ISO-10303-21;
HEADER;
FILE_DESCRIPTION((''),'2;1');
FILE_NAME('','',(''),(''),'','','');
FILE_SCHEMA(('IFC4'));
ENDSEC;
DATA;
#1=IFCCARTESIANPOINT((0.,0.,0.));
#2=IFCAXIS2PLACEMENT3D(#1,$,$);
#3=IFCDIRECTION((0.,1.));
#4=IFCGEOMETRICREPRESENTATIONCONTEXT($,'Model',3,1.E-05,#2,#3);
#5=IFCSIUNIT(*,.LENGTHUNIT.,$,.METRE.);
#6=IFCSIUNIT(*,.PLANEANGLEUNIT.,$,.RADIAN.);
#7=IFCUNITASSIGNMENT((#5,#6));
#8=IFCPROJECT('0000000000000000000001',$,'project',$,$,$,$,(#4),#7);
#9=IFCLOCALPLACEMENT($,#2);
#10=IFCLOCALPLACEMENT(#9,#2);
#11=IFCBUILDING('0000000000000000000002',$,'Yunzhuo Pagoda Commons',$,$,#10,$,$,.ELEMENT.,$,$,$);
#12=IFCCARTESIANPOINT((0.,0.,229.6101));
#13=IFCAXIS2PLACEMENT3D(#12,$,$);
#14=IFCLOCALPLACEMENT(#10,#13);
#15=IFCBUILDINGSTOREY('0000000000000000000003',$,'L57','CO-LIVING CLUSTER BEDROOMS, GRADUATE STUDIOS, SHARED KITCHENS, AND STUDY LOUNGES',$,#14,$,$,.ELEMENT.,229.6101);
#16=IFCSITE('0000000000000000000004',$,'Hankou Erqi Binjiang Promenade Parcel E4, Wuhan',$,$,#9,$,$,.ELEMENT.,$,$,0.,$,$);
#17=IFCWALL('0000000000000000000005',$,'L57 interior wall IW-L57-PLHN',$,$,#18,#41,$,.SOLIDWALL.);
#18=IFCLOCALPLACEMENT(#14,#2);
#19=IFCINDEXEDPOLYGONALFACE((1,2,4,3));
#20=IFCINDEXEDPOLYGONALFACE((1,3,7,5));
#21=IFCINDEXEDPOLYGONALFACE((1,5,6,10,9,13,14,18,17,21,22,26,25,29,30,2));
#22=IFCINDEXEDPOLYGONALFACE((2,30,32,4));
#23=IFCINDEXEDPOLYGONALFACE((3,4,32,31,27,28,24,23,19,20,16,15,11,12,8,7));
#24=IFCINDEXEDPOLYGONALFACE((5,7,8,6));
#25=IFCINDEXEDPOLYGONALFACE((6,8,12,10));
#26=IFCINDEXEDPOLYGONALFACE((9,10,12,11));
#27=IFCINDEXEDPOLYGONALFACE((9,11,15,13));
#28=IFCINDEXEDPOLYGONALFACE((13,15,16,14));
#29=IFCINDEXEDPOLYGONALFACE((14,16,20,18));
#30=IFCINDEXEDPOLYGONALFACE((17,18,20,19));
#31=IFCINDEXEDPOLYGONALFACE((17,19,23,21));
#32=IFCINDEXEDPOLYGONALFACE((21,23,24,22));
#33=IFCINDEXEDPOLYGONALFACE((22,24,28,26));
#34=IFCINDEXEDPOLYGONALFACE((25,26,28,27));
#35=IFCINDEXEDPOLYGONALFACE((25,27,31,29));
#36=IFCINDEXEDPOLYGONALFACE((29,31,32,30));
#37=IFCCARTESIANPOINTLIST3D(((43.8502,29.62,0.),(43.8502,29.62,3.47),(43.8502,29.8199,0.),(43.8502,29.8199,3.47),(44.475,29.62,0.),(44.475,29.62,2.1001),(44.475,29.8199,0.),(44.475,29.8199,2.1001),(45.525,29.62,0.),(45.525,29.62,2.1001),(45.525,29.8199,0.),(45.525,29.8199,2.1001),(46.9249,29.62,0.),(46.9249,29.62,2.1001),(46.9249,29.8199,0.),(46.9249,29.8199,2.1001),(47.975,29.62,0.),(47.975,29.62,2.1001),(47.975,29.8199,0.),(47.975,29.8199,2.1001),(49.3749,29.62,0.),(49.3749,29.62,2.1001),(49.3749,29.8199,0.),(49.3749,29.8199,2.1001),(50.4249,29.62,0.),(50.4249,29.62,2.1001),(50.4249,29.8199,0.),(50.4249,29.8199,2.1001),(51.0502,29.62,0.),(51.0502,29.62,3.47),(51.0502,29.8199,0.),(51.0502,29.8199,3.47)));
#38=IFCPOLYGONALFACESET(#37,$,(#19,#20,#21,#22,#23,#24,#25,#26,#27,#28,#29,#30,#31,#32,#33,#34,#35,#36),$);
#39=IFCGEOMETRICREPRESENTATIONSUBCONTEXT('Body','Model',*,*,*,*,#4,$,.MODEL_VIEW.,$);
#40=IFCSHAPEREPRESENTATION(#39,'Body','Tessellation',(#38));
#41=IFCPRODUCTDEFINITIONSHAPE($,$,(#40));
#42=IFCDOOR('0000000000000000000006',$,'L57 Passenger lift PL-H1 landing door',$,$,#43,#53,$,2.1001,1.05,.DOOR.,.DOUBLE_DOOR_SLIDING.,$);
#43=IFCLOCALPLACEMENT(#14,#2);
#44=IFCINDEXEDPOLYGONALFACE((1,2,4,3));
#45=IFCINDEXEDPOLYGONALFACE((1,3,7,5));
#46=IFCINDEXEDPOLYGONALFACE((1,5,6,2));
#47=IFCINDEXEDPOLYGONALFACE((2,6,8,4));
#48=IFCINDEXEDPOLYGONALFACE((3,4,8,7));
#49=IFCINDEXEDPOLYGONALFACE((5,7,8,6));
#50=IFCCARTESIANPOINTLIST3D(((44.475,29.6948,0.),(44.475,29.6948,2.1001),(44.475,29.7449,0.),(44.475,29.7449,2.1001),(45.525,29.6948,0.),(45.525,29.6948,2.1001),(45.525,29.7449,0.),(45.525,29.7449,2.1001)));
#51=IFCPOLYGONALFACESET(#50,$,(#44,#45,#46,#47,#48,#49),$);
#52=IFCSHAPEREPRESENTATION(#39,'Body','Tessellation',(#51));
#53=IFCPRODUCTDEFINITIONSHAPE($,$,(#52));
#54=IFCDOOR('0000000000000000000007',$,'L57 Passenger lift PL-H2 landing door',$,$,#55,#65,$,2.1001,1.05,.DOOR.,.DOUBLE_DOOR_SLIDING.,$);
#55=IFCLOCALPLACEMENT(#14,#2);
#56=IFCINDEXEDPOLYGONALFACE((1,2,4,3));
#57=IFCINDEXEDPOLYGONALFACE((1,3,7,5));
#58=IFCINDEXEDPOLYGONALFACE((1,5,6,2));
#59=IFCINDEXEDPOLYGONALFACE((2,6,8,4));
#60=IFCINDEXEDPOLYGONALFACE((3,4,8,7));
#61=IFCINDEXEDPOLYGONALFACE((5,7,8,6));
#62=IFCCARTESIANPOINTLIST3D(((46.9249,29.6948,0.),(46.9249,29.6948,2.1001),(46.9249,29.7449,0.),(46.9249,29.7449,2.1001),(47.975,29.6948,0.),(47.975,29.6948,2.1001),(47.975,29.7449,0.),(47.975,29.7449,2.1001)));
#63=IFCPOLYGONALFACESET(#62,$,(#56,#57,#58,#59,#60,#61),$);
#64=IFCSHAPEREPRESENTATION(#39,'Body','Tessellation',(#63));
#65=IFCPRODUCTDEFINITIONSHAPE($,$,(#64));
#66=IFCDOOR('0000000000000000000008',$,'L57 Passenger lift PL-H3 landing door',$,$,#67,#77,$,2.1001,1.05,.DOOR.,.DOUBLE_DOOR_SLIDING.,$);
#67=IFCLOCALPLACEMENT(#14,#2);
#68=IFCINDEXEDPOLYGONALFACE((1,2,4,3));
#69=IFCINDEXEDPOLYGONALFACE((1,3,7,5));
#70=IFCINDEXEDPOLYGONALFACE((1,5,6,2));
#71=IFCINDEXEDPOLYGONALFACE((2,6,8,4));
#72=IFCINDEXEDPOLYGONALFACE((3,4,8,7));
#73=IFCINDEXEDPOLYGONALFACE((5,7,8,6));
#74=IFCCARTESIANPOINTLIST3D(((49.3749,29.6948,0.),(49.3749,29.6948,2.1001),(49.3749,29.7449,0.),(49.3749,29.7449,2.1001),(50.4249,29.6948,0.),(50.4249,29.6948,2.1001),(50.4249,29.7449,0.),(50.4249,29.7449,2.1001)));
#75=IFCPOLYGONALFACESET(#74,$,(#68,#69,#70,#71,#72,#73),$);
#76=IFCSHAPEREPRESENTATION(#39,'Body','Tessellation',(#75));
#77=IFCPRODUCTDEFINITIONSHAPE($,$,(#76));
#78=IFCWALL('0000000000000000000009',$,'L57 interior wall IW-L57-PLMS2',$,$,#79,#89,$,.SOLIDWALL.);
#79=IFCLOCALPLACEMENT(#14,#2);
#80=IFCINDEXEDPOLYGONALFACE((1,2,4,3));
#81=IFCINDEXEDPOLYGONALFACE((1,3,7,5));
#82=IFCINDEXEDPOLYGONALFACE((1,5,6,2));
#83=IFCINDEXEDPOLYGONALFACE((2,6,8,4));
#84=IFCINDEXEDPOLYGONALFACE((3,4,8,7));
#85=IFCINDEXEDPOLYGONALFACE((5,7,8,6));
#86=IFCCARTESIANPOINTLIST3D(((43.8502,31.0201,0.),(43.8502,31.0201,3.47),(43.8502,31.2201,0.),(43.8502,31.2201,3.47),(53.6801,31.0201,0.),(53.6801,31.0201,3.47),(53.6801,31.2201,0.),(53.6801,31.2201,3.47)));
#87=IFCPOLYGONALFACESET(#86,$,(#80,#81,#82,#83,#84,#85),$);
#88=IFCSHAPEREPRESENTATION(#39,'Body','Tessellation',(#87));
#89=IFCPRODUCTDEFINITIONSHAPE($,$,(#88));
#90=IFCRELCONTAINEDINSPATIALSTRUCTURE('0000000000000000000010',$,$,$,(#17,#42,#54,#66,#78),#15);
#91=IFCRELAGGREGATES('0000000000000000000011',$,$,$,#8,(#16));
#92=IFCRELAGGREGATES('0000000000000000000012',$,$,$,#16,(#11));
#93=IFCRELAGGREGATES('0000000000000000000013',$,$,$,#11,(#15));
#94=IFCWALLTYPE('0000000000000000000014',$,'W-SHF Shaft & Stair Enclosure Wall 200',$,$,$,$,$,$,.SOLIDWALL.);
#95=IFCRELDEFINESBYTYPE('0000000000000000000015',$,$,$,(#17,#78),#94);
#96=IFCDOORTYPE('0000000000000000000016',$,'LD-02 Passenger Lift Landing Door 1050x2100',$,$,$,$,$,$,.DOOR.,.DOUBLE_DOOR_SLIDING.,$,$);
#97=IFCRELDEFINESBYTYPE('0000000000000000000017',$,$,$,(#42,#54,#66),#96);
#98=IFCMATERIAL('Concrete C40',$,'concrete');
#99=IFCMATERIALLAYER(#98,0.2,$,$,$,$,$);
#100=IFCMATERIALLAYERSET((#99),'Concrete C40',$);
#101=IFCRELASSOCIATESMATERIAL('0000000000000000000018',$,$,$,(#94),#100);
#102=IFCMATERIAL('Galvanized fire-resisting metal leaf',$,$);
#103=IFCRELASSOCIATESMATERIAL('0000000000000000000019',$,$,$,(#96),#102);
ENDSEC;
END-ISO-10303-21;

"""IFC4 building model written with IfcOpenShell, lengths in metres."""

from ifc_helpers import new_model, si_unit, direction, frame, frame_2d, origin, origin_with_axes, place, context, subcontext, project, spatial, rectangle, extrude, source, transform, mapped, material, layer, layer_set, type_object, element, fill, save


model = new_model("IFC4")

# Units and contexts
model_context = context("Model", 3, precision=1e-05, world=origin(), true_north=direction((0.0, 1.0)))
body_context = subcontext(model_context, "Body", "Model", "MODEL_VIEW")
ifc_project = project(units=[si_unit("LENGTHUNIT", "METRE"), si_unit("PLANEANGLEUNIT", "RADIAN")], contexts=[model_context])

# Site, building, storey
site_placement = place(None, origin())
site = spatial("IfcSite", under=ifc_project, at=site_placement, Name="Hankou Erqi Binjiang Promenade Parcel E4, Wuhan", CompositionType="ELEMENT", RefElevation=0.0)
building_placement = place(site_placement, origin())
building = spatial("IfcBuilding", under=site, at=building_placement, Name="Yunzhuo Pagoda Commons", CompositionType="ELEMENT")
storey_placement = place(building_placement, frame((0.0, 0.0, 229.6101)))
storey = spatial("IfcBuildingStorey", under=building, at=storey_placement, Name="L57", Description="CO-LIVING CLUSTER BEDROOMS, GRADUATE STUDIOS, SHARED KITCHENS, AND STUDY LOUNGES", CompositionType="ELEMENT", Elevation=229.6101)

# Shared definitions
ifc_material_1 = material(Name="Galvanized fire-resisting metal leaf")

# Shared definitions
ifc_material_2 = material(Name="Concrete C40", Category="concrete")
ifc_layer_1 = layer(ifc_material_2, 0.2)
ifc_layer_set_1 = layer_set([ifc_layer_1], Name="Concrete C40")
wall_type_1 = type_object("IfcWallType", Name="W-SHF Shaft & Stair Enclosure Wall 200", PredefinedType="SOLIDWALL", material=ifc_layer_set_1)
door_type_1 = type_object("IfcDoorType", Name="LD-02 Passenger Lift Landing Door 1050x2100", OperationType="DOUBLE_DOOR_SLIDING", PredefinedType="DOOR", material=ifc_material_1)
shared_shape_1 = source(origin(), body_context, "Body", "SweptSolid", [
    extrude(rectangle(XDim=1.05, YDim=2.1001, at=frame_2d((0.5249, 1.05))), frame((0.0, 0.0249, 0.0), z_axis=(0.0, -1.0, 0.0), x_axis=(1.0, 0.0, 0.0)), (0.0, 0.0, 1.0), 0.05),
])

# Wall, openings, doors
wall_1_placement = place(storey_placement, frame((43.8501, 29.72, 0.0), z_axis=(0.0, 0.0, 1.0), x_axis=(1.0, 0.0, 0.0)))
wall_1 = element("IfcWall", 1, at=wall_1_placement, inside=storey, type_object=wall_type_1, Name="L57 interior wall IW-L57-PLHN", PredefinedType="SOLIDWALL", context=body_context, shape_type="SweptSolid", body=[
    extrude(rectangle(XDim=7.2, YDim=0.2, at=frame_2d((3.6001, 0.0))), origin(), (0.0, 0.0, 1.0), 3.47),
])
opening_1_placement = place(wall_1_placement, frame((0.625, 0.0, 0.0)))
opening_1 = element("IfcOpeningElement", 2, at=opening_1_placement, cuts=wall_1, PredefinedType="OPENING", context=body_context, shape_type="SweptSolid", body=[
    extrude(rectangle(XDim=1.05, YDim=2.1001, at=frame_2d((0.5249, 1.05))), frame((0.0, 0.1099, 0.0), z_axis=(0.0, -1.0, 0.0), x_axis=(1.0, 0.0, 0.0)), (0.0, 0.0, 1.0), 0.22),
])
opening_2_placement = place(wall_1_placement, frame((3.075, 0.0, 0.0)))
opening_2 = element("IfcOpeningElement", 3, at=opening_2_placement, cuts=wall_1, PredefinedType="OPENING", context=body_context, shape_type="SweptSolid", body=[
    extrude(rectangle(XDim=1.05, YDim=2.1001, at=frame_2d((0.5249, 1.05))), frame((0.0, 0.1099, 0.0), z_axis=(0.0, -1.0, 0.0), x_axis=(1.0, 0.0, 0.0)), (0.0, 0.0, 1.0), 0.22),
])
opening_3_placement = place(wall_1_placement, frame((5.5249, 0.0, 0.0)))
opening_3 = element("IfcOpeningElement", 4, at=opening_3_placement, cuts=wall_1, PredefinedType="OPENING", context=body_context, shape_type="SweptSolid", body=[
    extrude(rectangle(XDim=1.05, YDim=2.1001, at=frame_2d((0.5249, 1.05))), frame((0.0, 0.1099, 0.0), z_axis=(0.0, -1.0, 0.0), x_axis=(1.0, 0.0, 0.0)), (0.0, 0.0, 1.0), 0.22),
])
door_1_placement = place(opening_1_placement, origin_with_axes())
door_1 = element("IfcDoor", 5, at=door_1_placement, inside=storey, type_object=door_type_1, Name="L57 Passenger lift PL-H1 landing door", OperationType="DOUBLE_DOOR_SLIDING", OverallHeight=2.1001, OverallWidth=1.05, PredefinedType="DOOR", context=body_context, shape_type="MappedRepresentation", body=[
    mapped(shared_shape_1, transform((0.0, 0.0, 0.0), scale=1.0)),
])
fill(opening_1, door_1)
door_2_placement = place(opening_2_placement, origin_with_axes())
door_2 = element("IfcDoor", 6, at=door_2_placement, inside=storey, type_object=door_type_1, Name="L57 Passenger lift PL-H2 landing door", OperationType="DOUBLE_DOOR_SLIDING", OverallHeight=2.1001, OverallWidth=1.05, PredefinedType="DOOR", context=body_context, shape_type="MappedRepresentation", body=[
    mapped(shared_shape_1, transform((0.0, 0.0, 0.0), scale=1.0)),
])
fill(opening_2, door_2)
door_3_placement = place(opening_3_placement, origin_with_axes())
door_3 = element("IfcDoor", 7, at=door_3_placement, inside=storey, type_object=door_type_1, Name="L57 Passenger lift PL-H3 landing door", OperationType="DOUBLE_DOOR_SLIDING", OverallHeight=2.1001, OverallWidth=1.05, PredefinedType="DOOR", context=body_context, shape_type="MappedRepresentation", body=[
    mapped(shared_shape_1, transform((0.0, 0.0, 0.0), scale=1.0)),
])
fill(opening_3, door_3)

# Wall
wall_2_placement = place(storey_placement, frame((43.8501, 31.1201, 0.0), z_axis=(0.0, 0.0, 1.0), x_axis=(1.0, 0.0, 0.0)))
element("IfcWall", 8, at=wall_2_placement, inside=storey, type_object=wall_type_1, Name="L57 interior wall IW-L57-PLMS2", PredefinedType="SOLIDWALL", context=body_context, shape_type="SweptSolid", body=[
    extrude(rectangle(XDim=9.8298, YDim=0.2, at=frame_2d((4.915, 0.0))), origin(), (0.0, 0.0, 1.0), 3.47),
])

save(model, "model.ifc")
